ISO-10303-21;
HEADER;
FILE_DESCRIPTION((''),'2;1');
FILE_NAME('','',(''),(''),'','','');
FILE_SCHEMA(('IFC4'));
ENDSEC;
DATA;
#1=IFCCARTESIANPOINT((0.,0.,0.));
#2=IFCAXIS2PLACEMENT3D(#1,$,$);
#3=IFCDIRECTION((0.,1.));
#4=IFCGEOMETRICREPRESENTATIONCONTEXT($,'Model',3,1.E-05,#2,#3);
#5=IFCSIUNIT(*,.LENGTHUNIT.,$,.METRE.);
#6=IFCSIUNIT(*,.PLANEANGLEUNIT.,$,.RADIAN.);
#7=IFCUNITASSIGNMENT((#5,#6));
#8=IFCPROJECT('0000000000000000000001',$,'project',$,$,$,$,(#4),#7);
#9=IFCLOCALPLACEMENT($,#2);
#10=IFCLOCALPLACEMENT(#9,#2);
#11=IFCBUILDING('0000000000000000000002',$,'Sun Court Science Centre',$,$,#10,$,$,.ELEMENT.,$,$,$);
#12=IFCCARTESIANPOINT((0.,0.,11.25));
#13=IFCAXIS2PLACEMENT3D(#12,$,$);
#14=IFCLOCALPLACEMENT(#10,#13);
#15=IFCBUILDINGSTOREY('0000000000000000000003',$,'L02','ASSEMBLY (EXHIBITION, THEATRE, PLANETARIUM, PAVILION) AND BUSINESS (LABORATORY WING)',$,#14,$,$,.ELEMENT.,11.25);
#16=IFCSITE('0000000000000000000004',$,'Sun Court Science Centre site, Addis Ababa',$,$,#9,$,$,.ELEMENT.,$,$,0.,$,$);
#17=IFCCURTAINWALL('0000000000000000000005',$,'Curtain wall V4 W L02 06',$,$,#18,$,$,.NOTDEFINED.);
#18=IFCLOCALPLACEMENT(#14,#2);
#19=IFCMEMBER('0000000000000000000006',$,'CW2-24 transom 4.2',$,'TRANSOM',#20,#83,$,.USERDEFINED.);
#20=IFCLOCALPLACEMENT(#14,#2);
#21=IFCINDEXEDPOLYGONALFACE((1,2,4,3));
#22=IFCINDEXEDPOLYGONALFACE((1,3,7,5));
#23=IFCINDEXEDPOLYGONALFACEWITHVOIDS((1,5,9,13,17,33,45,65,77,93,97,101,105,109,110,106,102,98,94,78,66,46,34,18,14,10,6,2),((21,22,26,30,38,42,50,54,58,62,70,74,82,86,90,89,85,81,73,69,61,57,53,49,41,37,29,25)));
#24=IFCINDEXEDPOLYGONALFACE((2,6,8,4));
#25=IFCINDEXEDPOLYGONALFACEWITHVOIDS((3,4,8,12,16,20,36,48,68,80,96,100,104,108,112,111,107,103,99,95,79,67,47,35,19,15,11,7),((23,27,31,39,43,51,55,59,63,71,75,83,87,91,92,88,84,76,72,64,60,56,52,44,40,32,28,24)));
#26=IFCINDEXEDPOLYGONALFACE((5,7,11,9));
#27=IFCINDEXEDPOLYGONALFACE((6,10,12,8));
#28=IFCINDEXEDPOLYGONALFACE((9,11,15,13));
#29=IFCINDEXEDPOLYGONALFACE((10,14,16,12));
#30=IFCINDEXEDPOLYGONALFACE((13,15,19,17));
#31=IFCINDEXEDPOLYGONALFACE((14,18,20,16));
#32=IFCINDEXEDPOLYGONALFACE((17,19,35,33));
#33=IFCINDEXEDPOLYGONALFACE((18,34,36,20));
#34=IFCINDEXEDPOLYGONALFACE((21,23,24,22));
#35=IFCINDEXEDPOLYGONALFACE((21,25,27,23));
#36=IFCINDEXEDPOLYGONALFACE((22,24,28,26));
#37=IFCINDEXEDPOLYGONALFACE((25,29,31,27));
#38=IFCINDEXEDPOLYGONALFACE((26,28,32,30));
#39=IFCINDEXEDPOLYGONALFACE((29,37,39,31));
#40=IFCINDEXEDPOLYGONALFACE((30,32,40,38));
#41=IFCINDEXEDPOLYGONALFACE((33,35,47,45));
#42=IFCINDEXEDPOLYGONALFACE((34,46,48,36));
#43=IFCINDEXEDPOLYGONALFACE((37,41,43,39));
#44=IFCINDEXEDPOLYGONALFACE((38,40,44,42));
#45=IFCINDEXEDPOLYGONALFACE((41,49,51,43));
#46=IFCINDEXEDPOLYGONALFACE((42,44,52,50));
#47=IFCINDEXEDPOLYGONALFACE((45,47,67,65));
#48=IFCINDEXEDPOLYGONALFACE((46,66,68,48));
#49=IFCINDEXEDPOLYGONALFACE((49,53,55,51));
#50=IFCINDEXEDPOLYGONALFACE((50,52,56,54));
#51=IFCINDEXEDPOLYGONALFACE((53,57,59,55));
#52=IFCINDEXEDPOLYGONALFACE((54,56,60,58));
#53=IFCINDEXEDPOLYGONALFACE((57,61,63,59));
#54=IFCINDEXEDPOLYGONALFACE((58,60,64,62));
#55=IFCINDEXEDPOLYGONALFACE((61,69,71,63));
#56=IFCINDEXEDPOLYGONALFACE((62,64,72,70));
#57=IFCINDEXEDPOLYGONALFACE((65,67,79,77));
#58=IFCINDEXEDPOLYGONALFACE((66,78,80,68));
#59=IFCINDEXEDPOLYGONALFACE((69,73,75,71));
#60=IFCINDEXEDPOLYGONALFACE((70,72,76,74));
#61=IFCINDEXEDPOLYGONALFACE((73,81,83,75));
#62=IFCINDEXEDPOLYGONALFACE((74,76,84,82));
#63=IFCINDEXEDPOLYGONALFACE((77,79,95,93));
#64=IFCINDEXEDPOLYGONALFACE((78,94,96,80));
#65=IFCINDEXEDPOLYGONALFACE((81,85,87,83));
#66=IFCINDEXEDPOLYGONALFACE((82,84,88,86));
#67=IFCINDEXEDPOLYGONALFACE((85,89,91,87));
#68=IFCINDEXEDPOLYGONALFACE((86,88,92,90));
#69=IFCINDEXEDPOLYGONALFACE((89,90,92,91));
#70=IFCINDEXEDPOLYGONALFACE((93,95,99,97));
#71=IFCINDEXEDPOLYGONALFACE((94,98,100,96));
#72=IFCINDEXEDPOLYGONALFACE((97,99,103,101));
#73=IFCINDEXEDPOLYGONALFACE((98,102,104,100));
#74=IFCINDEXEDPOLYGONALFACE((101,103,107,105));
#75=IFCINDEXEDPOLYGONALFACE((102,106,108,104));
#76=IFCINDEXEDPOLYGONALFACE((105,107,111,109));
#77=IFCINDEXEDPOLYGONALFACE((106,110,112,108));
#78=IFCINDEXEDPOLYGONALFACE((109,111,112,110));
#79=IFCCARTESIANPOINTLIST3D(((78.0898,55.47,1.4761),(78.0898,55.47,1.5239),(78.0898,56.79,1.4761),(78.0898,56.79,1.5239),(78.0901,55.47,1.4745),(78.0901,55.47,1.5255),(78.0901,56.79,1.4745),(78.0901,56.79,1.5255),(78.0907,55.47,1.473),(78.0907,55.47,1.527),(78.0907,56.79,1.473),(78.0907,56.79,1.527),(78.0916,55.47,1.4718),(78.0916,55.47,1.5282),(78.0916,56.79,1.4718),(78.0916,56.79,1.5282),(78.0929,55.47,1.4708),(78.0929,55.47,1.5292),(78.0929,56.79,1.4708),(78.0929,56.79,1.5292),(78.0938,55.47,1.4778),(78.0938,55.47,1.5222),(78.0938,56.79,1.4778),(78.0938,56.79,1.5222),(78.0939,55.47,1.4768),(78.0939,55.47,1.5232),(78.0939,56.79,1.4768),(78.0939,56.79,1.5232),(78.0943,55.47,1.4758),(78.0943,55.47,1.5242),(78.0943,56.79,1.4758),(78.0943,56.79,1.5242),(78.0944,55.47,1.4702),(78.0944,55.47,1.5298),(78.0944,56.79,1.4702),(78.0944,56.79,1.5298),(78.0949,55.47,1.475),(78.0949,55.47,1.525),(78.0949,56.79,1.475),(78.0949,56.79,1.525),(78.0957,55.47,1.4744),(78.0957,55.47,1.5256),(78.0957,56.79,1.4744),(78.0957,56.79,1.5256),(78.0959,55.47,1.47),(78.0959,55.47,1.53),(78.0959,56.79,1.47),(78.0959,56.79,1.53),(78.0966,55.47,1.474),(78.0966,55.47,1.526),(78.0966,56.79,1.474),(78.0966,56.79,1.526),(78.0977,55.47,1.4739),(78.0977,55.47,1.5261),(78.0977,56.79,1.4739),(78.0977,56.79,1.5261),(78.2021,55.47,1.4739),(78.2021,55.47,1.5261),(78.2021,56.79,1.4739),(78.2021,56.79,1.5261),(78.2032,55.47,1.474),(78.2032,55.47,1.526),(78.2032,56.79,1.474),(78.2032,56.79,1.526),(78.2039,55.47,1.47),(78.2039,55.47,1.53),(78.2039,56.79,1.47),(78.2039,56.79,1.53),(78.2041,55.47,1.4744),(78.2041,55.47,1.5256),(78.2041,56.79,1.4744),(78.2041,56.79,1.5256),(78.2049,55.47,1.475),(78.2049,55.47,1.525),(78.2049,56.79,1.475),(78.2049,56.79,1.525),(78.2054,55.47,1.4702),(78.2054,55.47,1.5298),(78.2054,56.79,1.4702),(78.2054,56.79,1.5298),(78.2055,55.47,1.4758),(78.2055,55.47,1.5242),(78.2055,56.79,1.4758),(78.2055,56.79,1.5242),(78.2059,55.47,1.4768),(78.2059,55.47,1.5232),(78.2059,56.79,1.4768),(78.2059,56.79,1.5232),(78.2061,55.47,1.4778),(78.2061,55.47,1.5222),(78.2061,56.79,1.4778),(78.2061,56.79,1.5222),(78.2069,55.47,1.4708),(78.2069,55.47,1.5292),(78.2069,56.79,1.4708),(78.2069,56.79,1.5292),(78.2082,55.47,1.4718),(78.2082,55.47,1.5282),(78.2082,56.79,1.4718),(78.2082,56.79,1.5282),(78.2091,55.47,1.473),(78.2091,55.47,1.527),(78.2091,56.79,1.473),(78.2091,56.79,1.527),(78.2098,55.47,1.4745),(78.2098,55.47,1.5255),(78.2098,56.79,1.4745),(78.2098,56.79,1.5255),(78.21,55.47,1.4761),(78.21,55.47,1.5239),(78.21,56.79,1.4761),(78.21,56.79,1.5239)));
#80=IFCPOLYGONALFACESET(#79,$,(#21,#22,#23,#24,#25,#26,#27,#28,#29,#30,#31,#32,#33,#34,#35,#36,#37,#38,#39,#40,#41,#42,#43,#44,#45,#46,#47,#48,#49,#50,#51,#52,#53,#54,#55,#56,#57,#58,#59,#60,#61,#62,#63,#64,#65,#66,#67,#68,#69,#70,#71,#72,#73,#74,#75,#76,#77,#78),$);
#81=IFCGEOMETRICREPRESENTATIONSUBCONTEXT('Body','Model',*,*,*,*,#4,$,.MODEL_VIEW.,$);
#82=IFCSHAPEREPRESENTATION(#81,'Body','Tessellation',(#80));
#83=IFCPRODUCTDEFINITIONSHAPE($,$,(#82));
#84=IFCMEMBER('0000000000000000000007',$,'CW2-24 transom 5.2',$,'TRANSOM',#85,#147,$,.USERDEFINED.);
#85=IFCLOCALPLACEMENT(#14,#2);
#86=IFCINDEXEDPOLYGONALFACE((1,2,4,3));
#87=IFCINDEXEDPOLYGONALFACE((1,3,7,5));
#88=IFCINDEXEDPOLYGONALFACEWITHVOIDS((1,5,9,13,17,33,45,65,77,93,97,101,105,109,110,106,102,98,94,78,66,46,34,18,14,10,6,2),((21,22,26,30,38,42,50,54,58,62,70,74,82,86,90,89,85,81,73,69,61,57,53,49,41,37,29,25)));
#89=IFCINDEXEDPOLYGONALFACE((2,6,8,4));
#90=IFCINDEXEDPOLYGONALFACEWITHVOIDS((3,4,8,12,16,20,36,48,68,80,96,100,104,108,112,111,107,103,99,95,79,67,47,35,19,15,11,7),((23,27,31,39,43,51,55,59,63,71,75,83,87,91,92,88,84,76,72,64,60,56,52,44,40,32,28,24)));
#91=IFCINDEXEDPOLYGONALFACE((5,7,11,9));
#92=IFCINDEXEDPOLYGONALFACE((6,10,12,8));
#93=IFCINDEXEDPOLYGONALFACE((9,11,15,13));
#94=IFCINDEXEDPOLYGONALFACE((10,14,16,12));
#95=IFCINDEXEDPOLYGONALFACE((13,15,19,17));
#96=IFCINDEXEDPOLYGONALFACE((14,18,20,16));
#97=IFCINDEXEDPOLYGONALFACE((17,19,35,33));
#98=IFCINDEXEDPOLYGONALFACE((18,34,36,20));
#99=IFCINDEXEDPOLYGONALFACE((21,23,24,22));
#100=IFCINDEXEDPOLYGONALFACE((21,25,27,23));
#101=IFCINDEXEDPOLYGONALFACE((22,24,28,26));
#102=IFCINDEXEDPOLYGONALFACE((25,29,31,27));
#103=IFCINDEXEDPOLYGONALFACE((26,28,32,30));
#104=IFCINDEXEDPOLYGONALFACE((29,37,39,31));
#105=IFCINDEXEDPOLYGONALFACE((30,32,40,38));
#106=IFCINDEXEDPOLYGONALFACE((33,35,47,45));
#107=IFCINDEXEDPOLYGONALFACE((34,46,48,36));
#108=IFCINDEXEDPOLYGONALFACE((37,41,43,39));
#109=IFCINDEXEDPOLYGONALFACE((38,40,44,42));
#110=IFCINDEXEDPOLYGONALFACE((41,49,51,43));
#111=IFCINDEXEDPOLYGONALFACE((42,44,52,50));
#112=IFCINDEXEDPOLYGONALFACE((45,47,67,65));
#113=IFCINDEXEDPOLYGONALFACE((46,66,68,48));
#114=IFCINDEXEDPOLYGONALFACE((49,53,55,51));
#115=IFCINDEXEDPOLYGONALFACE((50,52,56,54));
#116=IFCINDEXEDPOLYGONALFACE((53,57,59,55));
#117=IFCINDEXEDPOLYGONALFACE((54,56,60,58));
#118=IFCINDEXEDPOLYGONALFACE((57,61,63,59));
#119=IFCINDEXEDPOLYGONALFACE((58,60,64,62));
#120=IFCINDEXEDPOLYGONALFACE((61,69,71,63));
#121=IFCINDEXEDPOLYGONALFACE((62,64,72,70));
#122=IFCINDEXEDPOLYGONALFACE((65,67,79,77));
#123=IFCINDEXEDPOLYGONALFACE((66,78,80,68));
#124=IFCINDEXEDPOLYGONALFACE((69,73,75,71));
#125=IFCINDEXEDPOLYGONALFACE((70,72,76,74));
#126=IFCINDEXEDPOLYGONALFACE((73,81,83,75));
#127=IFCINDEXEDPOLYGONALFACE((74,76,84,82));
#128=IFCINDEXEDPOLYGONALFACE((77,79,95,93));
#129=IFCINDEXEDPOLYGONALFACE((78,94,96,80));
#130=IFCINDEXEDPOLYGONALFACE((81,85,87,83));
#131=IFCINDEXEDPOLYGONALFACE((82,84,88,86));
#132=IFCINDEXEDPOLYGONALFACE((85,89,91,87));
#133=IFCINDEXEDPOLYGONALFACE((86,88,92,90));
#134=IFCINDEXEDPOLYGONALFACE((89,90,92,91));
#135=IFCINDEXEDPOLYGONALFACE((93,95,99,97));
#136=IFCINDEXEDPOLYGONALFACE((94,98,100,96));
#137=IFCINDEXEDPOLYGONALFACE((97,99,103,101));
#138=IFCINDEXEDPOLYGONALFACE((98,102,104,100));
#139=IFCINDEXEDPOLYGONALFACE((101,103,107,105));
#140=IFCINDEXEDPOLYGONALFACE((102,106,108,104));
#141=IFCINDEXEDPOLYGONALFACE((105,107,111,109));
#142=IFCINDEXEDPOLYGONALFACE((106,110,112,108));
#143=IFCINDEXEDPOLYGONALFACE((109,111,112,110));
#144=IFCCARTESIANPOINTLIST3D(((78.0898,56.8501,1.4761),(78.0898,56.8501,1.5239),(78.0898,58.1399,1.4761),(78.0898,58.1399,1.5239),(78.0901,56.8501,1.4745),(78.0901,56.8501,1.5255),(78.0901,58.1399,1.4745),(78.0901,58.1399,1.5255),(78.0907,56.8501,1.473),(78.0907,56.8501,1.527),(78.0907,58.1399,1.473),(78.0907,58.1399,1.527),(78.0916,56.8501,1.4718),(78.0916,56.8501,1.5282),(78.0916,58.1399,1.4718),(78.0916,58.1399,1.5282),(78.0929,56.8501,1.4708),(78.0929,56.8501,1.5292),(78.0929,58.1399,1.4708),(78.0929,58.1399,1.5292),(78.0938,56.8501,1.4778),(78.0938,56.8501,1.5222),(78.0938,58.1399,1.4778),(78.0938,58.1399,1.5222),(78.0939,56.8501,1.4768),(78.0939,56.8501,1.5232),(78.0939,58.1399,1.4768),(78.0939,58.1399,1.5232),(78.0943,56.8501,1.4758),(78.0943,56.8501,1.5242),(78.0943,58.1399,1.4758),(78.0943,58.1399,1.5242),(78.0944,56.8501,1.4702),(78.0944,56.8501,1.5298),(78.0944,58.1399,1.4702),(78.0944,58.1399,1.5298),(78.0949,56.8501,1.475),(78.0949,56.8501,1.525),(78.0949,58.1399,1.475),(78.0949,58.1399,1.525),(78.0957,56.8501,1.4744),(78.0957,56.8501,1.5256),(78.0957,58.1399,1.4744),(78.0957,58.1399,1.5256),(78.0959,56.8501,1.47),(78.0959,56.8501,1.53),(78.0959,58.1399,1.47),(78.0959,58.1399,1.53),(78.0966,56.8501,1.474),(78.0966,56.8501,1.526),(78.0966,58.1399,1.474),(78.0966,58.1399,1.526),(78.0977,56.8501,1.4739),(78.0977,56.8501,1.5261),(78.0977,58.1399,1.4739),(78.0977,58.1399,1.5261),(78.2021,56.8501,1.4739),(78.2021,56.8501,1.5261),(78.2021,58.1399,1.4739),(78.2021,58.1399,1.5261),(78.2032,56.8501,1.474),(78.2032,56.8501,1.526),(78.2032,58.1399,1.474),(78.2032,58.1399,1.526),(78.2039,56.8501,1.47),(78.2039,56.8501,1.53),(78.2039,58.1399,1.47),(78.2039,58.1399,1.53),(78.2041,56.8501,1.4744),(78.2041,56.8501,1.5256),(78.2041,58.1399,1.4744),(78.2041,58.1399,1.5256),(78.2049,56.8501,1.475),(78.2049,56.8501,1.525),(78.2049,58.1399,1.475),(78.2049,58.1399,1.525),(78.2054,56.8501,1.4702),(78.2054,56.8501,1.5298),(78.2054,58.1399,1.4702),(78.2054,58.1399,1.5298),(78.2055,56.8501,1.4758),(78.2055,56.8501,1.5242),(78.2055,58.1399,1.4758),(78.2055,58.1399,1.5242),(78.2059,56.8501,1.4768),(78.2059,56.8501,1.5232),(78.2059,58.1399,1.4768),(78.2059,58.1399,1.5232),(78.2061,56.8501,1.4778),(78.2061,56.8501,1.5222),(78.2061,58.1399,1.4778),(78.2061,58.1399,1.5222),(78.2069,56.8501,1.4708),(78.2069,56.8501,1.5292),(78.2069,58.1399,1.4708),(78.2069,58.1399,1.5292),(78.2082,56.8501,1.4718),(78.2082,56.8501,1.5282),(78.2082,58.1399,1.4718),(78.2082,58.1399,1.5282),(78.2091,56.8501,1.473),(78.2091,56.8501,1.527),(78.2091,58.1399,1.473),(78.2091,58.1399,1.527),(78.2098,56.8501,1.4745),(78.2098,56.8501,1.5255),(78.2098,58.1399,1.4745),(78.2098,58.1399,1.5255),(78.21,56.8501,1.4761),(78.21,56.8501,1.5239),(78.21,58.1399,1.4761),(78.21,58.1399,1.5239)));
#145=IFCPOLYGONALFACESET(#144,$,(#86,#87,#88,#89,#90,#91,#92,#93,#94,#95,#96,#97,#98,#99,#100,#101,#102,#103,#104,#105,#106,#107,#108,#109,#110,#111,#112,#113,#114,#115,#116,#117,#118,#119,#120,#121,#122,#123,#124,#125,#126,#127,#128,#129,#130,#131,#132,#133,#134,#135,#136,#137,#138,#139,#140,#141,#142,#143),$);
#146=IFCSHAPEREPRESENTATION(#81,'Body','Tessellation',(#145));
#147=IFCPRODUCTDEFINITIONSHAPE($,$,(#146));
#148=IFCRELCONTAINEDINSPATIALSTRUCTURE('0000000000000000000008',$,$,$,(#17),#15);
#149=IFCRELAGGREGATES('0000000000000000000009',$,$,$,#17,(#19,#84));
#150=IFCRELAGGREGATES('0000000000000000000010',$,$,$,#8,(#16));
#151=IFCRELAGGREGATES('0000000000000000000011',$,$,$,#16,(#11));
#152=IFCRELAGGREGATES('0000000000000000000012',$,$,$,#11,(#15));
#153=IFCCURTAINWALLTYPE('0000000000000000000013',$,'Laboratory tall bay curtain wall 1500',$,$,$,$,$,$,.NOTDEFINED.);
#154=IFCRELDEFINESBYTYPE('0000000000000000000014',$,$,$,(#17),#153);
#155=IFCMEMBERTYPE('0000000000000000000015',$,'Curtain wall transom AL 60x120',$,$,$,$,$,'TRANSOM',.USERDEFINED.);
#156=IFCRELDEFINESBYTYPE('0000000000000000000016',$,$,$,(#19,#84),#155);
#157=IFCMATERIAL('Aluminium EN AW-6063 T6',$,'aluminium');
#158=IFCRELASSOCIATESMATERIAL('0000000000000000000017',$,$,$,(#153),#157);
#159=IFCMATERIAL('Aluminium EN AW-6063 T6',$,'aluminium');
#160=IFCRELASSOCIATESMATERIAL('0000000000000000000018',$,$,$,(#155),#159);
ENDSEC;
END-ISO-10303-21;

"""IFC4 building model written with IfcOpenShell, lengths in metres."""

from ifc_helpers import new_model, si_unit, direction, frame, origin, origin_2d, place, context, subcontext, project, spatial, hollow_rectangle, extrude, material, material_profile, profile_set, type_object, element, aggregate, save


model = new_model("IFC4")

# Units and contexts
model_context = context("Model", 3, precision=1e-05, world=origin(), true_north=direction((0.0, 1.0)))
body_context = subcontext(model_context, "Body", "Model", "MODEL_VIEW")
ifc_project = project(units=[si_unit("LENGTHUNIT", "METRE"), si_unit("PLANEANGLEUNIT", "RADIAN")], contexts=[model_context])

# Site, building, storey
site_placement = place(None, origin())
site = spatial("IfcSite", under=ifc_project, at=site_placement, Name="Sun Court Science Centre site, Addis Ababa", CompositionType="ELEMENT", RefElevation=0.0)
building_placement = place(site_placement, origin())
building = spatial("IfcBuilding", under=site, at=building_placement, Name="Sun Court Science Centre", CompositionType="ELEMENT")
storey_placement = place(building_placement, frame((0.0, 0.0, 11.25)))
storey = spatial("IfcBuildingStorey", under=building, at=storey_placement, Name="L02", Description="ASSEMBLY (EXHIBITION, THEATRE, PLANETARIUM, PAVILION) AND BUSINESS (LABORATORY WING)", CompositionType="ELEMENT", Elevation=11.25)

# Shared definitions
ifc_material_1 = material(Name="Aluminium EN AW-6063 T6", Category="aluminium")
curtain_wall_type = type_object("IfcCurtainWallType", Name="Laboratory tall bay curtain wall 1500", PredefinedType="NOTDEFINED", material=ifc_material_1)

# Curtain wall, members
curtain_wall_1_placement = place(storey_placement, origin())
curtain_wall_1 = element("IfcCurtainWall", 1, at=curtain_wall_1_placement, inside=storey, type_object=curtain_wall_type, Name="Curtain wall V4 W L02 06", PredefinedType="NOTDEFINED")
ifc_material_2 = material(Name="Aluminium EN AW-6063 T6", Category="aluminium")
ifc_material_profile_1 = material_profile(ifc_material_2, hollow_rectangle(XDim=0.0601, YDim=0.1201, WallThickness=0.0039, InnerFilletRadius=0.0039, OuterFilletRadius=0.0061, at=origin_2d()), Name="AL 60x120x4")
ifc_profile_set_1 = profile_set([ifc_material_profile_1], Name="Aluminium EN AW-6063 T6")
member_type_1 = type_object("IfcMemberType", Name="Curtain wall transom AL 60x120", ElementType="TRANSOM", PredefinedType="USERDEFINED", material=ifc_profile_set_1)
member_1_placement = place(storey_placement, frame((78.1499, 55.47, 1.5), z_axis=(0.0, 1.0, 0.0), x_axis=(0.0, 0.0, 1.0)))
member_1 = element("IfcMember", 2, at=member_1_placement, type_object=member_type_1, Name="CW2-24 transom 4.2", ObjectType="TRANSOM", PredefinedType="USERDEFINED", context=body_context, shape_type="SweptSolid", body=[
    extrude(hollow_rectangle(XDim=0.0601, YDim=0.1201, WallThickness=0.0039, InnerFilletRadius=0.0039, OuterFilletRadius=0.0061, at=origin_2d()), origin(), (0.0, 0.0, 1.0), 1.3201),
])
member_2_placement = place(storey_placement, frame((78.1499, 56.8501, 1.5), z_axis=(0.0, 1.0, 0.0), x_axis=(0.0, 0.0, 1.0)))
member_2 = element("IfcMember", 3, at=member_2_placement, type_object=member_type_1, Name="CW2-24 transom 5.2", ObjectType="TRANSOM", PredefinedType="USERDEFINED", context=body_context, shape_type="SweptSolid", body=[
    extrude(hollow_rectangle(XDim=0.0601, YDim=0.1201, WallThickness=0.0039, InnerFilletRadius=0.0039, OuterFilletRadius=0.0061, at=origin_2d()), origin(), (0.0, 0.0, 1.0), 1.2898),
])
aggregate(curtain_wall_1, [member_1, member_2])

save(model, "model.ifc")
